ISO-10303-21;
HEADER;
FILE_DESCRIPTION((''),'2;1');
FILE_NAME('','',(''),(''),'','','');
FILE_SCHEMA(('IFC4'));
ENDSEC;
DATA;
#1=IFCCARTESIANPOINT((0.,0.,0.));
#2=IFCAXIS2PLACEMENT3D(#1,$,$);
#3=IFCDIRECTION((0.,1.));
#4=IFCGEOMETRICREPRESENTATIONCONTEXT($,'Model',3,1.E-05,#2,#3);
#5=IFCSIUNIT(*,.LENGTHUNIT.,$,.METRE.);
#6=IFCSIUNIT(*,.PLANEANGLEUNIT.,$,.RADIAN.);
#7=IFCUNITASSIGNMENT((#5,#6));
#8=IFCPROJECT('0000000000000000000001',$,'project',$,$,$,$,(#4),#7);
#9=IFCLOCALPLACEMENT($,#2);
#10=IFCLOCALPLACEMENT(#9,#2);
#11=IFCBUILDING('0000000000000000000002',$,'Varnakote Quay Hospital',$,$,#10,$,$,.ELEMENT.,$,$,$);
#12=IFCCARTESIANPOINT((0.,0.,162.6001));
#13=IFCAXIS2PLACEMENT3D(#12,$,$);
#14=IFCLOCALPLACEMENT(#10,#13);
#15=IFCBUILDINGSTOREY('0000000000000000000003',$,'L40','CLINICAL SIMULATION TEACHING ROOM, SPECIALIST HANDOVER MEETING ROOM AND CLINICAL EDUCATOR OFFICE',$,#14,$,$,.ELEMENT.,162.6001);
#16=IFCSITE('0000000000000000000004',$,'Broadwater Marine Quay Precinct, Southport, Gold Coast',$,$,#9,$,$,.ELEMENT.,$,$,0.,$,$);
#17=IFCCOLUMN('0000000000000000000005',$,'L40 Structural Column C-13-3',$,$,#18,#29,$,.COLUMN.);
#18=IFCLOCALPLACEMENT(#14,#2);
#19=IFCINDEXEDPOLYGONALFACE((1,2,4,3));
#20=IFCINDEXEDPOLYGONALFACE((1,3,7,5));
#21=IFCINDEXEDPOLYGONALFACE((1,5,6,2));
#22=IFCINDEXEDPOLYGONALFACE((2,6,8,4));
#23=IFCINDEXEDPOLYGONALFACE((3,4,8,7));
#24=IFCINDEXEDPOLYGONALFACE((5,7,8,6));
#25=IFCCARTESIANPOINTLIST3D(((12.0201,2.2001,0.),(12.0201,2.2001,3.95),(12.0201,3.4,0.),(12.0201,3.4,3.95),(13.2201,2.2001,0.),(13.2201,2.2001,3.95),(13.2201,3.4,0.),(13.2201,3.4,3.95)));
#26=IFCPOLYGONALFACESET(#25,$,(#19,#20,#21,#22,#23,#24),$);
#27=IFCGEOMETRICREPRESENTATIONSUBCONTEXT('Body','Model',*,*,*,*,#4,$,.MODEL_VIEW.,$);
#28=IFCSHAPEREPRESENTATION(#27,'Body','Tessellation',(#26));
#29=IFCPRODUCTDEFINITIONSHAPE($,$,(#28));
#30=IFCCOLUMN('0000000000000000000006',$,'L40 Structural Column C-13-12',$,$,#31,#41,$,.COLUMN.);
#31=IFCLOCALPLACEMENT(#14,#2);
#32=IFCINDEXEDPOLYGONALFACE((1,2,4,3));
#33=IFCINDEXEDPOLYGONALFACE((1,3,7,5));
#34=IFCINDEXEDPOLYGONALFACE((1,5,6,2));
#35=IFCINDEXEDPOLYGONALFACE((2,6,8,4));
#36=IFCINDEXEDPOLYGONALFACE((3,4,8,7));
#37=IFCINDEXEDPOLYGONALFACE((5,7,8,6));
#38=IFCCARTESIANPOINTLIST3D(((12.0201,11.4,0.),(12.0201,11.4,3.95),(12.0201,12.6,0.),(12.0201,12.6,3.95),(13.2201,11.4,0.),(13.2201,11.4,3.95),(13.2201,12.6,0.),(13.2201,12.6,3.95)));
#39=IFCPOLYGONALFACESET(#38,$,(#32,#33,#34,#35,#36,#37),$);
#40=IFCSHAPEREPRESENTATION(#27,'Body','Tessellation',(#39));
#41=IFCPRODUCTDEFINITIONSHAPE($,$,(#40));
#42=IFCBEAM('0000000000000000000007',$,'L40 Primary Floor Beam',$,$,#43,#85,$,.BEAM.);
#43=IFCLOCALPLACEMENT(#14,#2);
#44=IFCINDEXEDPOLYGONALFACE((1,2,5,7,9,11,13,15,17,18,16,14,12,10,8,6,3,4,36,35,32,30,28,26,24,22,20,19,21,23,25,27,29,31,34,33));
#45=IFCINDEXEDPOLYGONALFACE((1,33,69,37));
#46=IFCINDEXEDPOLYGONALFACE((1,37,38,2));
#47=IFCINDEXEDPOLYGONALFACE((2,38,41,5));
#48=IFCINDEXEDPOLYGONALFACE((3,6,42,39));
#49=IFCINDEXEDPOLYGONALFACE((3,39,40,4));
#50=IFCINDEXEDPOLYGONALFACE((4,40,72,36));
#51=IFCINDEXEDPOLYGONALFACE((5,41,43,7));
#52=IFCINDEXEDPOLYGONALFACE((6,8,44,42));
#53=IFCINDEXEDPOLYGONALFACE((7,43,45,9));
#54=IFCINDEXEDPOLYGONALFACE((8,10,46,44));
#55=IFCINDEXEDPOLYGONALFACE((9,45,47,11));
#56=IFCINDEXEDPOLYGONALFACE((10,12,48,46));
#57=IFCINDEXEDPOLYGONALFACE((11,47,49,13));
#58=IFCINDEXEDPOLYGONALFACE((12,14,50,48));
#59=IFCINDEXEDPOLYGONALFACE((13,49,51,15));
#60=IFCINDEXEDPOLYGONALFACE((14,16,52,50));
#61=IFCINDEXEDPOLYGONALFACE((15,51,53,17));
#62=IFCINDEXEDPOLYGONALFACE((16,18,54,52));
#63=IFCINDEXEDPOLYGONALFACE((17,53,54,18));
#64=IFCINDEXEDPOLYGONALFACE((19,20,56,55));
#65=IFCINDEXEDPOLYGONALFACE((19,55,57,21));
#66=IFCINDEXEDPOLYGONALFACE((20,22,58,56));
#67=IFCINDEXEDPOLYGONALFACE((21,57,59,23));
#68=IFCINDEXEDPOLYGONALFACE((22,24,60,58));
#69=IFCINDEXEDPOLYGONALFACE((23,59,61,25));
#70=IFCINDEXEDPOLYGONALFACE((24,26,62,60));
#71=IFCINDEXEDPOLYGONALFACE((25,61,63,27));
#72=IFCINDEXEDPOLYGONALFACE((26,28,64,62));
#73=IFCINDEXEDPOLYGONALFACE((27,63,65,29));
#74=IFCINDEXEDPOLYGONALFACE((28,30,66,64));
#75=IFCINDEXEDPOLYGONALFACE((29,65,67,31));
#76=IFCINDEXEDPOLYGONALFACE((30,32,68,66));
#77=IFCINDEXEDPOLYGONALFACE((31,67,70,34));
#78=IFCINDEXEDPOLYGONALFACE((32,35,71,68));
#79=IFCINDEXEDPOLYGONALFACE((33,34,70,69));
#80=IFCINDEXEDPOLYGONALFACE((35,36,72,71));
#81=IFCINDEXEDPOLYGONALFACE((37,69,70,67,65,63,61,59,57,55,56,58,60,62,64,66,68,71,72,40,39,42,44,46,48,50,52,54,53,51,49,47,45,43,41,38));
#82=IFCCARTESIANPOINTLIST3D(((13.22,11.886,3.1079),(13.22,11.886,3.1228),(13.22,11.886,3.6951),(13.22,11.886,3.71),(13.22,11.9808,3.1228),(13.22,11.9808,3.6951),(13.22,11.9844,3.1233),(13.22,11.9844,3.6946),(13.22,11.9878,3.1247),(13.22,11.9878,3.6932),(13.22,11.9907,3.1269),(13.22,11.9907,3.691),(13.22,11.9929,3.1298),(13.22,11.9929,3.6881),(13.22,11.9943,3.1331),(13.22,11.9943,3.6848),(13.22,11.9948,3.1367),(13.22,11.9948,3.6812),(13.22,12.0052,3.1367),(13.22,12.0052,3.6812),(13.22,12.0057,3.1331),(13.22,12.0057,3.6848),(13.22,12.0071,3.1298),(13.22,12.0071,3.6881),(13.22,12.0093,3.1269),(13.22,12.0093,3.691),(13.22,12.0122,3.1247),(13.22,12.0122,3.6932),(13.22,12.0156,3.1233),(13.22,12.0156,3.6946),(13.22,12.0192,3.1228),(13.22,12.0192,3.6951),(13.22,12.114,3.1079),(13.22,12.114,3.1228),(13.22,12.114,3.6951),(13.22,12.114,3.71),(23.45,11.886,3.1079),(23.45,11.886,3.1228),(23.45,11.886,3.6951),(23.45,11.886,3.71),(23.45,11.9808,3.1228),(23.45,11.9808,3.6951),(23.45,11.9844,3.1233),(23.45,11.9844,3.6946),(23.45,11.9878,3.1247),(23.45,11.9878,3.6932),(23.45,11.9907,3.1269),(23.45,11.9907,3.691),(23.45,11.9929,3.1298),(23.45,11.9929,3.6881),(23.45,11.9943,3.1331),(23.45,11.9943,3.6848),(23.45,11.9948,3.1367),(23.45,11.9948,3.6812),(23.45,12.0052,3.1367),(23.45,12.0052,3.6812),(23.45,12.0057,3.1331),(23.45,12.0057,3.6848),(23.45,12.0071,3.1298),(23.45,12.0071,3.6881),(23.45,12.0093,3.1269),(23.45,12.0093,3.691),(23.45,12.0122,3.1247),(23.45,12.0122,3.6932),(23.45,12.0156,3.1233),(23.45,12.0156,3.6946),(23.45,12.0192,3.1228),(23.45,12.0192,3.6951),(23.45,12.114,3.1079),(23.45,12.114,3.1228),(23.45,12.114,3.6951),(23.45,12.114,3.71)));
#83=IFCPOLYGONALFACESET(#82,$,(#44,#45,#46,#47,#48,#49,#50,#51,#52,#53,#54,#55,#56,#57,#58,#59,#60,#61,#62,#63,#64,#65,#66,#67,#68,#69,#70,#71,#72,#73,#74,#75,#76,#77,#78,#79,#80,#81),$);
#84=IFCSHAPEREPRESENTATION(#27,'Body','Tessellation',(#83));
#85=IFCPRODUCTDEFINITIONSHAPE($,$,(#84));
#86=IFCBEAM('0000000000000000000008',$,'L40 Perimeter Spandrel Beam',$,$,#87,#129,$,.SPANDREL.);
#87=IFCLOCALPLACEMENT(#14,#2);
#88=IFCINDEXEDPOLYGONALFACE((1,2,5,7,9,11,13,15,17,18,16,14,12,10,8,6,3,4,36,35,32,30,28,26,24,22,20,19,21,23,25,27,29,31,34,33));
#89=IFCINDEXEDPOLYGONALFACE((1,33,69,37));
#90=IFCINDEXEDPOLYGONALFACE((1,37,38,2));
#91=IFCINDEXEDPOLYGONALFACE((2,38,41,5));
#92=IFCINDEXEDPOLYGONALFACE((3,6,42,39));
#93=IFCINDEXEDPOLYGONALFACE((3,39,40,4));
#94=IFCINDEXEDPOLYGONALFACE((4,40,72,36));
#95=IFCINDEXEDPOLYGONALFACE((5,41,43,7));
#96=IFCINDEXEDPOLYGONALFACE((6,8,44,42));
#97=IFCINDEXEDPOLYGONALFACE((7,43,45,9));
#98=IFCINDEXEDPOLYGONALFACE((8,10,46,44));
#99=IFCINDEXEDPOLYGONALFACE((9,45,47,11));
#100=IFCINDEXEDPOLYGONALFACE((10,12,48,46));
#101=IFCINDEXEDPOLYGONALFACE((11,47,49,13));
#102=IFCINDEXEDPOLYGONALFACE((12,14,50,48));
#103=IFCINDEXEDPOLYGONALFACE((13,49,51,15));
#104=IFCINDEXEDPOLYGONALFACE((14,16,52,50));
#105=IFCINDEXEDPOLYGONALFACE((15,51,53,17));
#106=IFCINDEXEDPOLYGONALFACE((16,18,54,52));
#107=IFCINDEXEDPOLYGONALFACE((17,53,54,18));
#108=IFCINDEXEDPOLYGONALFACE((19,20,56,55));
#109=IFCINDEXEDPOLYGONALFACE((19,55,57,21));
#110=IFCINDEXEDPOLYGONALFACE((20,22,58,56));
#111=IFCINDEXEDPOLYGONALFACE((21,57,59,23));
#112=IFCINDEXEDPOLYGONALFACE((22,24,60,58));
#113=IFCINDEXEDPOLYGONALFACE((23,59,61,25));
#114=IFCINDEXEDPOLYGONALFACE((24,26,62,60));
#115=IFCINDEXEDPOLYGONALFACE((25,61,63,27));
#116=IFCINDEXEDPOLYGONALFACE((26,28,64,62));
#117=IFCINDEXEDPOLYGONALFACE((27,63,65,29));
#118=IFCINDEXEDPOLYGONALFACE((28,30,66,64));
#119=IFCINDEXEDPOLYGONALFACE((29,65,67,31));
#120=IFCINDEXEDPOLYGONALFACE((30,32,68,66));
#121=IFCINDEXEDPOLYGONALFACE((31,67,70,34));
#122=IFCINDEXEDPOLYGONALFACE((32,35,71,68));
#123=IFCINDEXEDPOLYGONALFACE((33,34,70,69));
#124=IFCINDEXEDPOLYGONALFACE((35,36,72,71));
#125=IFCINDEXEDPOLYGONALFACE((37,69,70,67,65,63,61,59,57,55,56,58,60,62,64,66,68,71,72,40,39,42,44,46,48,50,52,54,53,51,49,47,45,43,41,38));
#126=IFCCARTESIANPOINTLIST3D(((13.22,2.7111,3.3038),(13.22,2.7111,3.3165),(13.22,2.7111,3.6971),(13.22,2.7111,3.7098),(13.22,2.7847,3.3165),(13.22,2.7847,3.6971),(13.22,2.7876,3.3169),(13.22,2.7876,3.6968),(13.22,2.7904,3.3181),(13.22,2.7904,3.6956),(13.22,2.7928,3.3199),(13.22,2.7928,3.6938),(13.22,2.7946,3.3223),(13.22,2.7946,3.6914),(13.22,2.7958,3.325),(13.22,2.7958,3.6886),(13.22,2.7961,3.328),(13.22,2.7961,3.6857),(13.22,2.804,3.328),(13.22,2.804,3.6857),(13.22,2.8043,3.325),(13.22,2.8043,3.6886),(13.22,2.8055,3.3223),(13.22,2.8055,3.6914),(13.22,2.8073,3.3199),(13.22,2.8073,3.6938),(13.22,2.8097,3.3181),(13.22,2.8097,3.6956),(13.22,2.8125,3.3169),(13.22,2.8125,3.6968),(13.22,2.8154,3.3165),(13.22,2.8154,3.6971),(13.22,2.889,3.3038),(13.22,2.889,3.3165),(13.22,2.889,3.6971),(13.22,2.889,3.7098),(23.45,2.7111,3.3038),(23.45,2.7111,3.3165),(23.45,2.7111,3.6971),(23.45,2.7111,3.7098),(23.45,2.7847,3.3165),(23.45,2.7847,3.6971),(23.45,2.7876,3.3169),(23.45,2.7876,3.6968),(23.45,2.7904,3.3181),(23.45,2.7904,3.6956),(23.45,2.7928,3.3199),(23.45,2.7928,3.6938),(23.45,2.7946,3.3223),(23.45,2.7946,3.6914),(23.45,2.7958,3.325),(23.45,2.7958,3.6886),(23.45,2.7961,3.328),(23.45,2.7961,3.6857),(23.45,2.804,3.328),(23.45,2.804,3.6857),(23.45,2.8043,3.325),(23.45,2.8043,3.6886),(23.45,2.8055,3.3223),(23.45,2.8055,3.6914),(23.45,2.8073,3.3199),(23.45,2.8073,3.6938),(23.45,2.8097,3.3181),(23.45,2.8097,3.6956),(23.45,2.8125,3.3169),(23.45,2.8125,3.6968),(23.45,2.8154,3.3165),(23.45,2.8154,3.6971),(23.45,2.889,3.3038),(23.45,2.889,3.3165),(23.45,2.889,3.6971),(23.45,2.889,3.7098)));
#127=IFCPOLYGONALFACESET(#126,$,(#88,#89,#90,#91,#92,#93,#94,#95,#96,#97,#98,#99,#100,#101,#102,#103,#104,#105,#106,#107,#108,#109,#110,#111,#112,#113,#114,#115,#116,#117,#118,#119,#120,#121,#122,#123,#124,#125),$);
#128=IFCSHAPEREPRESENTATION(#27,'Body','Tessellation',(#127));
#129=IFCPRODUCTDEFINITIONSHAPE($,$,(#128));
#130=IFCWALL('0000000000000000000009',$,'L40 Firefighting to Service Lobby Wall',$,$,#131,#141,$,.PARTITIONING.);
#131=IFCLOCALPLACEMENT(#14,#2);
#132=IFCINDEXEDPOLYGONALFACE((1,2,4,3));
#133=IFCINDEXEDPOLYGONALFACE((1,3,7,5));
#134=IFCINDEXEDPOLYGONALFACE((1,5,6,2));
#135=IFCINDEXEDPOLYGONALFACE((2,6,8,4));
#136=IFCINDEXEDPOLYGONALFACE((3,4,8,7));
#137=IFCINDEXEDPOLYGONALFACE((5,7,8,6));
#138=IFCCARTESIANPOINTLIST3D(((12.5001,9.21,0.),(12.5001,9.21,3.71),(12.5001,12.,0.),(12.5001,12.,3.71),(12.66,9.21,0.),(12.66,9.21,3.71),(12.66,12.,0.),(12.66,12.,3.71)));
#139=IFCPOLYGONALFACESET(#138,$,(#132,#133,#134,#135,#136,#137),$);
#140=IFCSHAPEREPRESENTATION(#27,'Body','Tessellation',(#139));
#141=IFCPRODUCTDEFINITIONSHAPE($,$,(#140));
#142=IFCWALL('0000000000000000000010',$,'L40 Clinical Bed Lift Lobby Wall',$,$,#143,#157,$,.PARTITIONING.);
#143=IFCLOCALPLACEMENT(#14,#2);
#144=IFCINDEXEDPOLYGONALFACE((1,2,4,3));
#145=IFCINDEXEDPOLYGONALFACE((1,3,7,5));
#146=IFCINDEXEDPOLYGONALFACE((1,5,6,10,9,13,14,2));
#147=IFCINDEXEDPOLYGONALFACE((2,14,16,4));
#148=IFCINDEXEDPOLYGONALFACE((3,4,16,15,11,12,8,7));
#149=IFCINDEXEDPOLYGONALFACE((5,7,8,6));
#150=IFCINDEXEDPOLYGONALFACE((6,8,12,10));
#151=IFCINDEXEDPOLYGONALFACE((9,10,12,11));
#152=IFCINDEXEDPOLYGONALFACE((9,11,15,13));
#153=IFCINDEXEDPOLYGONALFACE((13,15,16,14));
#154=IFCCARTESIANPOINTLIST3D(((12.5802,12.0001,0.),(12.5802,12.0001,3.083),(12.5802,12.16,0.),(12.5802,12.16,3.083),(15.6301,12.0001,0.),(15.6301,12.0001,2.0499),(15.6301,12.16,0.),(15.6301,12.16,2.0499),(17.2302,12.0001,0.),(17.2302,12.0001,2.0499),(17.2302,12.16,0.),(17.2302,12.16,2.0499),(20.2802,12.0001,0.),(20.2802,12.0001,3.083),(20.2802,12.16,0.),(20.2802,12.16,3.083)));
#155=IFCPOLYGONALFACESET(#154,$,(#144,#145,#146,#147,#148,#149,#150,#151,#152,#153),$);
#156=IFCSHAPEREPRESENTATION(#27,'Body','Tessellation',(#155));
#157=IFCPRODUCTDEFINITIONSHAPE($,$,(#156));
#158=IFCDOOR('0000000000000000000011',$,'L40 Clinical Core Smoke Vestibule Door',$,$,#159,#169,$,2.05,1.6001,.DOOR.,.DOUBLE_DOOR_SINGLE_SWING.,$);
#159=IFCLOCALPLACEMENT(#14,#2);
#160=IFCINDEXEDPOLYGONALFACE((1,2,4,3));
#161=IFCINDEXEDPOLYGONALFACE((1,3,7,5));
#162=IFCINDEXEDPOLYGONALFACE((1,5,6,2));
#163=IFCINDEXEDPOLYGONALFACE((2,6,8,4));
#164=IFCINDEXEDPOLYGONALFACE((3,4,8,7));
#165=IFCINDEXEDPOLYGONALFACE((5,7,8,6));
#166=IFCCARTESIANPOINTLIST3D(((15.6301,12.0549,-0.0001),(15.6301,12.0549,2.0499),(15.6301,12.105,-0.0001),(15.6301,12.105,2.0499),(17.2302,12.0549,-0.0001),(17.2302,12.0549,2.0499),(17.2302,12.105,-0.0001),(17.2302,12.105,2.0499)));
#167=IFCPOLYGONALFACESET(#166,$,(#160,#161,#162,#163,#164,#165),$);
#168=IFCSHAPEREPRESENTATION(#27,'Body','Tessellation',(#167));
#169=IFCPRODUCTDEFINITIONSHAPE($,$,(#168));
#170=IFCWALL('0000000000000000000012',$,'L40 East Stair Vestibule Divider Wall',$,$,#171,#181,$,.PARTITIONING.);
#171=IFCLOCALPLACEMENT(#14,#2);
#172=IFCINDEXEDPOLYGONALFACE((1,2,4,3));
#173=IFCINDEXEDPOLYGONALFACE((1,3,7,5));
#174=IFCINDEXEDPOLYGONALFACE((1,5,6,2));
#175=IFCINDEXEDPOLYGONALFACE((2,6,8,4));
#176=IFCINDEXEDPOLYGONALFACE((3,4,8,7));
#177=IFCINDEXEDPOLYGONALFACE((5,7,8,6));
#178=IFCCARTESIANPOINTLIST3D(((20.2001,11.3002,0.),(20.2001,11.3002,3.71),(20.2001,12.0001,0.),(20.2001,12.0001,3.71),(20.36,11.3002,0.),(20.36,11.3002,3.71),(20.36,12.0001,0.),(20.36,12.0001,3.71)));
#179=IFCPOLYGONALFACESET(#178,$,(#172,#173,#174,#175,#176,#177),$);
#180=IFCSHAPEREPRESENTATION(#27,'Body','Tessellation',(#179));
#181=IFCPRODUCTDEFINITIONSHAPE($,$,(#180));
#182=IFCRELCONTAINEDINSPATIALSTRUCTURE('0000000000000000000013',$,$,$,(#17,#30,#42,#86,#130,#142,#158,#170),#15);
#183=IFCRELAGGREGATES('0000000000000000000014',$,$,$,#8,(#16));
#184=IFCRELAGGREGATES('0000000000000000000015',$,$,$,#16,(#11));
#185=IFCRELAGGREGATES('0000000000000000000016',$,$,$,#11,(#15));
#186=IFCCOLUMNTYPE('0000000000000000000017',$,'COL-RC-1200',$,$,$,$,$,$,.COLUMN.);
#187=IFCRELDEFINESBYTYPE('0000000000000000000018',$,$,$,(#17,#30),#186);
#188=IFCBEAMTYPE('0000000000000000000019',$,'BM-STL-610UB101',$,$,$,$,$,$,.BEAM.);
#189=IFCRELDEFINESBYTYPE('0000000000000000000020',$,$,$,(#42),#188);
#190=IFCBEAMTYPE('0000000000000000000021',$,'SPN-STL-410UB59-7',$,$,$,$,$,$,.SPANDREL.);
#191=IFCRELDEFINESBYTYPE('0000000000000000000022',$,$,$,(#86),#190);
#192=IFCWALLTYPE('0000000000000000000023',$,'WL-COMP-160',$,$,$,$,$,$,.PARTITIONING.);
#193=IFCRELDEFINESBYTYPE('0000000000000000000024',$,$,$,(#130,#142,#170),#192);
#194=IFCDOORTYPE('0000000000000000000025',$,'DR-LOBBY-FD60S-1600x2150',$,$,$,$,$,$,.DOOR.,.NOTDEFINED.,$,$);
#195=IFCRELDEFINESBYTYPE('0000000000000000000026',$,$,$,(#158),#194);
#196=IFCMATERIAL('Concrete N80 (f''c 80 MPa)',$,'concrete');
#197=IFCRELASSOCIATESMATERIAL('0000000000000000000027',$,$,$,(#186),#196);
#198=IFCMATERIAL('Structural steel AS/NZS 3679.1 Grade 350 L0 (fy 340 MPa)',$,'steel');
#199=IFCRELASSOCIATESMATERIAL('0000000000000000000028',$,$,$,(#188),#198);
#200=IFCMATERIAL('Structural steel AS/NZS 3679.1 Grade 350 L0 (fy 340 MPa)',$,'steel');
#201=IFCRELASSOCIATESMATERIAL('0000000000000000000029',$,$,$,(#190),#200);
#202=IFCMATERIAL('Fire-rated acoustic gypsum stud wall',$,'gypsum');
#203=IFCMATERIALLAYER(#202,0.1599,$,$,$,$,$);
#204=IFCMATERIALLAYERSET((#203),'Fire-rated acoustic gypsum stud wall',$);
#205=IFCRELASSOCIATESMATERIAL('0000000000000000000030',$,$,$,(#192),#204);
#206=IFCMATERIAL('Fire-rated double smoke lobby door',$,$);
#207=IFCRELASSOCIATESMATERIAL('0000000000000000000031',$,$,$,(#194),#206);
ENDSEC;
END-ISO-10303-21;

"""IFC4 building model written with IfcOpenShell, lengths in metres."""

from ifc_helpers import new_model, si_unit, direction, frame, frame_2d, origin, origin_2d, place, context, subcontext, project, spatial, rectangle, i_section, extrude, material, layer, layer_set, material_profile, profile_set, type_object, element, fill, save


model = new_model("IFC4")

# Units and contexts
model_context = context("Model", 3, precision=1e-05, world=origin(), true_north=direction((0.0, 1.0)))
body_context = subcontext(model_context, "Body", "Model", "MODEL_VIEW")
ifc_project = project(units=[si_unit("LENGTHUNIT", "METRE"), si_unit("PLANEANGLEUNIT", "RADIAN")], contexts=[model_context])

# Site, building, storey
site_placement = place(None, origin())
site = spatial("IfcSite", under=ifc_project, at=site_placement, Name="Broadwater Marine Quay Precinct, Southport, Gold Coast", CompositionType="ELEMENT", RefElevation=0.0)
building_placement = place(site_placement, origin())
building = spatial("IfcBuilding", under=site, at=building_placement, Name="Varnakote Quay Hospital", CompositionType="ELEMENT")
storey_placement = place(building_placement, frame((0.0, 0.0, 162.6001)))
storey = spatial("IfcBuildingStorey", under=building, at=storey_placement, Name="L40", Description="CLINICAL SIMULATION TEACHING ROOM, SPECIALIST HANDOVER MEETING ROOM AND CLINICAL EDUCATOR OFFICE", CompositionType="ELEMENT", Elevation=162.6001)

# Columns
ifc_material_1 = material(Name="Concrete N80 (f'c 80 MPa)", Category="concrete")
ifc_material_profile_1 = material_profile(ifc_material_1, rectangle(XDim=1.2, YDim=1.2, at=origin_2d()), Name="RC-COL-1200x1200")
ifc_profile_set_1 = profile_set([ifc_material_profile_1], Name="Concrete N80 (f'c 80 MPa)")
column_type = type_object("IfcColumnType", Name="COL-RC-1200", PredefinedType="COLUMN", material=ifc_profile_set_1)
for number, where, z_axis, x_axis, name in (
    (1, (12.6201, 2.8, 0.0), (0.0, 0.0, 1.0), (1.0, 0.0, 0.0), "L40 Structural Column C-13-3"),
    (2, (12.6201, 12.0, 0.0), (0.0, 0.0, 1.0), (1.0, 0.0, 0.0), "L40 Structural Column C-13-12"),
):
    element("IfcColumn", number, at=place(storey_placement, frame(where, z_axis=z_axis, x_axis=x_axis)), inside=storey, type_object=column_type, Name=name, PredefinedType="COLUMN", context=body_context, shape_type="SweptSolid", body=[
        extrude(rectangle(XDim=1.2, YDim=1.2, at=origin_2d()), origin(), (0.0, 0.0, 1.0), 3.95),
    ])

# Beams
ifc_material_2 = material(Name="Structural steel AS/NZS 3679.1 Grade 350 L0 (fy 340 MPa)", Category="steel")
ifc_material_profile_2 = material_profile(ifc_material_2, i_section(OverallWidth=0.228, OverallDepth=0.6021, WebThickness=0.0105, FlangeThickness=0.0149, FilletRadius=0.0139, at=origin_2d()), Name="610UB101")
ifc_profile_set_2 = profile_set([ifc_material_profile_2], Name="Structural steel AS/NZS 3679.1 Grade 350 L0 (fy 340 MPa)")
beam_type_1 = type_object("IfcBeamType", Name="BM-STL-610UB101", PredefinedType="BEAM", material=ifc_profile_set_2)
beam_1_placement = place(storey_placement, frame((13.22, 12.0, 3.4089), z_axis=(1.0, 0.0, 0.0), x_axis=(0.0, 1.0, 0.0)))
element("IfcBeam", 3, at=beam_1_placement, inside=storey, type_object=beam_type_1, Name="L40 Primary Floor Beam", PredefinedType="BEAM", context=body_context, shape_type="SweptSolid", body=[
    extrude(i_section(OverallWidth=0.228, OverallDepth=0.6021, WebThickness=0.0105, FlangeThickness=0.0149, FilletRadius=0.0139, at=origin_2d()), origin(), (0.0, 0.0, 1.0), 10.23),
])
ifc_material_3 = material(Name="Structural steel AS/NZS 3679.1 Grade 350 L0 (fy 340 MPa)", Category="steel")
ifc_material_profile_3 = material_profile(ifc_material_3, i_section(OverallWidth=0.178, OverallDepth=0.406, WebThickness=0.0078, FlangeThickness=0.0127, FilletRadius=0.0115, at=origin_2d()), Name="410UB59.7")
ifc_profile_set_3 = profile_set([ifc_material_profile_3], Name="Structural steel AS/NZS 3679.1 Grade 350 L0 (fy 340 MPa)")
beam_type_2 = type_object("IfcBeamType", Name="SPN-STL-410UB59-7", PredefinedType="SPANDREL", material=ifc_profile_set_3)
beam_2_placement = place(storey_placement, frame((13.22, 2.8, 3.5068), z_axis=(1.0, 0.0, 0.0), x_axis=(0.0, 1.0, 0.0)))
element("IfcBeam", 4, at=beam_2_placement, inside=storey, type_object=beam_type_2, Name="L40 Perimeter Spandrel Beam", PredefinedType="SPANDREL", context=body_context, shape_type="SweptSolid", body=[
    extrude(i_section(OverallWidth=0.178, OverallDepth=0.406, WebThickness=0.0078, FlangeThickness=0.0127, FilletRadius=0.0115, at=origin_2d()), origin(), (0.0, 0.0, 1.0), 10.23),
])

# Wall
ifc_material_4 = material(Name="Fire-rated acoustic gypsum stud wall", Category="gypsum")
ifc_layer_1 = layer(ifc_material_4, 0.1599)
ifc_layer_set_1 = layer_set([ifc_layer_1], Name="Fire-rated acoustic gypsum stud wall")
wall_type_1 = type_object("IfcWallType", Name="WL-COMP-160", PredefinedType="PARTITIONING", material=ifc_layer_set_1)
wall_1_placement = place(storey_placement, frame((12.5801, 9.21, 0.0), z_axis=(0.0, 0.0, 1.0), x_axis=(0.0, 1.0, 0.0)))
element("IfcWall", 5, at=wall_1_placement, inside=storey, type_object=wall_type_1, Name="L40 Firefighting to Service Lobby Wall", PredefinedType="PARTITIONING", context=body_context, shape_type="SweptSolid", body=[
    extrude(rectangle(XDim=2.79, YDim=0.1599, at=frame_2d((1.395, 0.0))), origin(), (0.0, 0.0, 1.0), 3.71),
])

# Wall, opening, door
wall_2_placement = place(storey_placement, frame((12.5801, 12.0801, 0.0), z_axis=(0.0, 0.0, 1.0), x_axis=(1.0, 0.0, 0.0)))
wall_2 = element("IfcWall", 6, at=wall_2_placement, inside=storey, type_object=wall_type_1, Name="L40 Clinical Bed Lift Lobby Wall", PredefinedType="PARTITIONING", context=body_context, shape_type="SweptSolid", body=[
    extrude(rectangle(XDim=7.7, YDim=0.1599, at=frame_2d((3.8501, 0.0))), origin(), (0.0, 0.0, 1.0), 3.083),
])
opening_1_placement = place(wall_2_placement, frame((3.05, 0.0, 0.0)))
opening_1 = element("IfcOpeningElement", 7, at=opening_1_placement, cuts=wall_2, PredefinedType="OPENING", context=body_context, shape_type="SweptSolid", body=[
    extrude(rectangle(XDim=1.6001, YDim=2.05, at=frame_2d((0.8, 1.0249))), frame((0.0, 0.0898, 0.0), z_axis=(0.0, -1.0, 0.0), x_axis=(1.0, 0.0, 0.0)), (0.0, 0.0, 1.0), 0.1799),
])
ifc_material_5 = material(Name="Fire-rated double smoke lobby door")
door_type_1 = type_object("IfcDoorType", Name="DR-LOBBY-FD60S-1600x2150", OperationType="NOTDEFINED", PredefinedType="DOOR", material=ifc_material_5)
door_1_placement = place(opening_1_placement, origin())
door_1 = element("IfcDoor", 8, at=door_1_placement, inside=storey, type_object=door_type_1, Name="L40 Clinical Core Smoke Vestibule Door", OperationType="DOUBLE_DOOR_SINGLE_SWING", OverallHeight=2.05, OverallWidth=1.6001, PredefinedType="DOOR", context=body_context, shape_type="SweptSolid", body=[
    extrude(rectangle(XDim=1.6001, YDim=2.05, at=frame_2d((0.8, 1.0249))), frame((0.0, 0.0249, 0.0), z_axis=(0.0, -1.0, 0.0), x_axis=(1.0, 0.0, 0.0)), (0.0, 0.0, 1.0), 0.05),
])
fill(opening_1, door_1)

# Wall
wall_3_placement = place(storey_placement, frame((20.28, 11.3, 0.0), z_axis=(0.0, 0.0, 1.0), x_axis=(0.0, 1.0, 0.0)))
element("IfcWall", 9, at=wall_3_placement, inside=storey, type_object=wall_type_1, Name="L40 East Stair Vestibule Divider Wall", PredefinedType="PARTITIONING", context=body_context, shape_type="SweptSolid", body=[
    extrude(rectangle(XDim=0.7, YDim=0.1599, at=frame_2d((0.3501, 0.0))), origin(), (0.0, 0.0, 1.0), 3.71),
])

save(model, "model.ifc")
